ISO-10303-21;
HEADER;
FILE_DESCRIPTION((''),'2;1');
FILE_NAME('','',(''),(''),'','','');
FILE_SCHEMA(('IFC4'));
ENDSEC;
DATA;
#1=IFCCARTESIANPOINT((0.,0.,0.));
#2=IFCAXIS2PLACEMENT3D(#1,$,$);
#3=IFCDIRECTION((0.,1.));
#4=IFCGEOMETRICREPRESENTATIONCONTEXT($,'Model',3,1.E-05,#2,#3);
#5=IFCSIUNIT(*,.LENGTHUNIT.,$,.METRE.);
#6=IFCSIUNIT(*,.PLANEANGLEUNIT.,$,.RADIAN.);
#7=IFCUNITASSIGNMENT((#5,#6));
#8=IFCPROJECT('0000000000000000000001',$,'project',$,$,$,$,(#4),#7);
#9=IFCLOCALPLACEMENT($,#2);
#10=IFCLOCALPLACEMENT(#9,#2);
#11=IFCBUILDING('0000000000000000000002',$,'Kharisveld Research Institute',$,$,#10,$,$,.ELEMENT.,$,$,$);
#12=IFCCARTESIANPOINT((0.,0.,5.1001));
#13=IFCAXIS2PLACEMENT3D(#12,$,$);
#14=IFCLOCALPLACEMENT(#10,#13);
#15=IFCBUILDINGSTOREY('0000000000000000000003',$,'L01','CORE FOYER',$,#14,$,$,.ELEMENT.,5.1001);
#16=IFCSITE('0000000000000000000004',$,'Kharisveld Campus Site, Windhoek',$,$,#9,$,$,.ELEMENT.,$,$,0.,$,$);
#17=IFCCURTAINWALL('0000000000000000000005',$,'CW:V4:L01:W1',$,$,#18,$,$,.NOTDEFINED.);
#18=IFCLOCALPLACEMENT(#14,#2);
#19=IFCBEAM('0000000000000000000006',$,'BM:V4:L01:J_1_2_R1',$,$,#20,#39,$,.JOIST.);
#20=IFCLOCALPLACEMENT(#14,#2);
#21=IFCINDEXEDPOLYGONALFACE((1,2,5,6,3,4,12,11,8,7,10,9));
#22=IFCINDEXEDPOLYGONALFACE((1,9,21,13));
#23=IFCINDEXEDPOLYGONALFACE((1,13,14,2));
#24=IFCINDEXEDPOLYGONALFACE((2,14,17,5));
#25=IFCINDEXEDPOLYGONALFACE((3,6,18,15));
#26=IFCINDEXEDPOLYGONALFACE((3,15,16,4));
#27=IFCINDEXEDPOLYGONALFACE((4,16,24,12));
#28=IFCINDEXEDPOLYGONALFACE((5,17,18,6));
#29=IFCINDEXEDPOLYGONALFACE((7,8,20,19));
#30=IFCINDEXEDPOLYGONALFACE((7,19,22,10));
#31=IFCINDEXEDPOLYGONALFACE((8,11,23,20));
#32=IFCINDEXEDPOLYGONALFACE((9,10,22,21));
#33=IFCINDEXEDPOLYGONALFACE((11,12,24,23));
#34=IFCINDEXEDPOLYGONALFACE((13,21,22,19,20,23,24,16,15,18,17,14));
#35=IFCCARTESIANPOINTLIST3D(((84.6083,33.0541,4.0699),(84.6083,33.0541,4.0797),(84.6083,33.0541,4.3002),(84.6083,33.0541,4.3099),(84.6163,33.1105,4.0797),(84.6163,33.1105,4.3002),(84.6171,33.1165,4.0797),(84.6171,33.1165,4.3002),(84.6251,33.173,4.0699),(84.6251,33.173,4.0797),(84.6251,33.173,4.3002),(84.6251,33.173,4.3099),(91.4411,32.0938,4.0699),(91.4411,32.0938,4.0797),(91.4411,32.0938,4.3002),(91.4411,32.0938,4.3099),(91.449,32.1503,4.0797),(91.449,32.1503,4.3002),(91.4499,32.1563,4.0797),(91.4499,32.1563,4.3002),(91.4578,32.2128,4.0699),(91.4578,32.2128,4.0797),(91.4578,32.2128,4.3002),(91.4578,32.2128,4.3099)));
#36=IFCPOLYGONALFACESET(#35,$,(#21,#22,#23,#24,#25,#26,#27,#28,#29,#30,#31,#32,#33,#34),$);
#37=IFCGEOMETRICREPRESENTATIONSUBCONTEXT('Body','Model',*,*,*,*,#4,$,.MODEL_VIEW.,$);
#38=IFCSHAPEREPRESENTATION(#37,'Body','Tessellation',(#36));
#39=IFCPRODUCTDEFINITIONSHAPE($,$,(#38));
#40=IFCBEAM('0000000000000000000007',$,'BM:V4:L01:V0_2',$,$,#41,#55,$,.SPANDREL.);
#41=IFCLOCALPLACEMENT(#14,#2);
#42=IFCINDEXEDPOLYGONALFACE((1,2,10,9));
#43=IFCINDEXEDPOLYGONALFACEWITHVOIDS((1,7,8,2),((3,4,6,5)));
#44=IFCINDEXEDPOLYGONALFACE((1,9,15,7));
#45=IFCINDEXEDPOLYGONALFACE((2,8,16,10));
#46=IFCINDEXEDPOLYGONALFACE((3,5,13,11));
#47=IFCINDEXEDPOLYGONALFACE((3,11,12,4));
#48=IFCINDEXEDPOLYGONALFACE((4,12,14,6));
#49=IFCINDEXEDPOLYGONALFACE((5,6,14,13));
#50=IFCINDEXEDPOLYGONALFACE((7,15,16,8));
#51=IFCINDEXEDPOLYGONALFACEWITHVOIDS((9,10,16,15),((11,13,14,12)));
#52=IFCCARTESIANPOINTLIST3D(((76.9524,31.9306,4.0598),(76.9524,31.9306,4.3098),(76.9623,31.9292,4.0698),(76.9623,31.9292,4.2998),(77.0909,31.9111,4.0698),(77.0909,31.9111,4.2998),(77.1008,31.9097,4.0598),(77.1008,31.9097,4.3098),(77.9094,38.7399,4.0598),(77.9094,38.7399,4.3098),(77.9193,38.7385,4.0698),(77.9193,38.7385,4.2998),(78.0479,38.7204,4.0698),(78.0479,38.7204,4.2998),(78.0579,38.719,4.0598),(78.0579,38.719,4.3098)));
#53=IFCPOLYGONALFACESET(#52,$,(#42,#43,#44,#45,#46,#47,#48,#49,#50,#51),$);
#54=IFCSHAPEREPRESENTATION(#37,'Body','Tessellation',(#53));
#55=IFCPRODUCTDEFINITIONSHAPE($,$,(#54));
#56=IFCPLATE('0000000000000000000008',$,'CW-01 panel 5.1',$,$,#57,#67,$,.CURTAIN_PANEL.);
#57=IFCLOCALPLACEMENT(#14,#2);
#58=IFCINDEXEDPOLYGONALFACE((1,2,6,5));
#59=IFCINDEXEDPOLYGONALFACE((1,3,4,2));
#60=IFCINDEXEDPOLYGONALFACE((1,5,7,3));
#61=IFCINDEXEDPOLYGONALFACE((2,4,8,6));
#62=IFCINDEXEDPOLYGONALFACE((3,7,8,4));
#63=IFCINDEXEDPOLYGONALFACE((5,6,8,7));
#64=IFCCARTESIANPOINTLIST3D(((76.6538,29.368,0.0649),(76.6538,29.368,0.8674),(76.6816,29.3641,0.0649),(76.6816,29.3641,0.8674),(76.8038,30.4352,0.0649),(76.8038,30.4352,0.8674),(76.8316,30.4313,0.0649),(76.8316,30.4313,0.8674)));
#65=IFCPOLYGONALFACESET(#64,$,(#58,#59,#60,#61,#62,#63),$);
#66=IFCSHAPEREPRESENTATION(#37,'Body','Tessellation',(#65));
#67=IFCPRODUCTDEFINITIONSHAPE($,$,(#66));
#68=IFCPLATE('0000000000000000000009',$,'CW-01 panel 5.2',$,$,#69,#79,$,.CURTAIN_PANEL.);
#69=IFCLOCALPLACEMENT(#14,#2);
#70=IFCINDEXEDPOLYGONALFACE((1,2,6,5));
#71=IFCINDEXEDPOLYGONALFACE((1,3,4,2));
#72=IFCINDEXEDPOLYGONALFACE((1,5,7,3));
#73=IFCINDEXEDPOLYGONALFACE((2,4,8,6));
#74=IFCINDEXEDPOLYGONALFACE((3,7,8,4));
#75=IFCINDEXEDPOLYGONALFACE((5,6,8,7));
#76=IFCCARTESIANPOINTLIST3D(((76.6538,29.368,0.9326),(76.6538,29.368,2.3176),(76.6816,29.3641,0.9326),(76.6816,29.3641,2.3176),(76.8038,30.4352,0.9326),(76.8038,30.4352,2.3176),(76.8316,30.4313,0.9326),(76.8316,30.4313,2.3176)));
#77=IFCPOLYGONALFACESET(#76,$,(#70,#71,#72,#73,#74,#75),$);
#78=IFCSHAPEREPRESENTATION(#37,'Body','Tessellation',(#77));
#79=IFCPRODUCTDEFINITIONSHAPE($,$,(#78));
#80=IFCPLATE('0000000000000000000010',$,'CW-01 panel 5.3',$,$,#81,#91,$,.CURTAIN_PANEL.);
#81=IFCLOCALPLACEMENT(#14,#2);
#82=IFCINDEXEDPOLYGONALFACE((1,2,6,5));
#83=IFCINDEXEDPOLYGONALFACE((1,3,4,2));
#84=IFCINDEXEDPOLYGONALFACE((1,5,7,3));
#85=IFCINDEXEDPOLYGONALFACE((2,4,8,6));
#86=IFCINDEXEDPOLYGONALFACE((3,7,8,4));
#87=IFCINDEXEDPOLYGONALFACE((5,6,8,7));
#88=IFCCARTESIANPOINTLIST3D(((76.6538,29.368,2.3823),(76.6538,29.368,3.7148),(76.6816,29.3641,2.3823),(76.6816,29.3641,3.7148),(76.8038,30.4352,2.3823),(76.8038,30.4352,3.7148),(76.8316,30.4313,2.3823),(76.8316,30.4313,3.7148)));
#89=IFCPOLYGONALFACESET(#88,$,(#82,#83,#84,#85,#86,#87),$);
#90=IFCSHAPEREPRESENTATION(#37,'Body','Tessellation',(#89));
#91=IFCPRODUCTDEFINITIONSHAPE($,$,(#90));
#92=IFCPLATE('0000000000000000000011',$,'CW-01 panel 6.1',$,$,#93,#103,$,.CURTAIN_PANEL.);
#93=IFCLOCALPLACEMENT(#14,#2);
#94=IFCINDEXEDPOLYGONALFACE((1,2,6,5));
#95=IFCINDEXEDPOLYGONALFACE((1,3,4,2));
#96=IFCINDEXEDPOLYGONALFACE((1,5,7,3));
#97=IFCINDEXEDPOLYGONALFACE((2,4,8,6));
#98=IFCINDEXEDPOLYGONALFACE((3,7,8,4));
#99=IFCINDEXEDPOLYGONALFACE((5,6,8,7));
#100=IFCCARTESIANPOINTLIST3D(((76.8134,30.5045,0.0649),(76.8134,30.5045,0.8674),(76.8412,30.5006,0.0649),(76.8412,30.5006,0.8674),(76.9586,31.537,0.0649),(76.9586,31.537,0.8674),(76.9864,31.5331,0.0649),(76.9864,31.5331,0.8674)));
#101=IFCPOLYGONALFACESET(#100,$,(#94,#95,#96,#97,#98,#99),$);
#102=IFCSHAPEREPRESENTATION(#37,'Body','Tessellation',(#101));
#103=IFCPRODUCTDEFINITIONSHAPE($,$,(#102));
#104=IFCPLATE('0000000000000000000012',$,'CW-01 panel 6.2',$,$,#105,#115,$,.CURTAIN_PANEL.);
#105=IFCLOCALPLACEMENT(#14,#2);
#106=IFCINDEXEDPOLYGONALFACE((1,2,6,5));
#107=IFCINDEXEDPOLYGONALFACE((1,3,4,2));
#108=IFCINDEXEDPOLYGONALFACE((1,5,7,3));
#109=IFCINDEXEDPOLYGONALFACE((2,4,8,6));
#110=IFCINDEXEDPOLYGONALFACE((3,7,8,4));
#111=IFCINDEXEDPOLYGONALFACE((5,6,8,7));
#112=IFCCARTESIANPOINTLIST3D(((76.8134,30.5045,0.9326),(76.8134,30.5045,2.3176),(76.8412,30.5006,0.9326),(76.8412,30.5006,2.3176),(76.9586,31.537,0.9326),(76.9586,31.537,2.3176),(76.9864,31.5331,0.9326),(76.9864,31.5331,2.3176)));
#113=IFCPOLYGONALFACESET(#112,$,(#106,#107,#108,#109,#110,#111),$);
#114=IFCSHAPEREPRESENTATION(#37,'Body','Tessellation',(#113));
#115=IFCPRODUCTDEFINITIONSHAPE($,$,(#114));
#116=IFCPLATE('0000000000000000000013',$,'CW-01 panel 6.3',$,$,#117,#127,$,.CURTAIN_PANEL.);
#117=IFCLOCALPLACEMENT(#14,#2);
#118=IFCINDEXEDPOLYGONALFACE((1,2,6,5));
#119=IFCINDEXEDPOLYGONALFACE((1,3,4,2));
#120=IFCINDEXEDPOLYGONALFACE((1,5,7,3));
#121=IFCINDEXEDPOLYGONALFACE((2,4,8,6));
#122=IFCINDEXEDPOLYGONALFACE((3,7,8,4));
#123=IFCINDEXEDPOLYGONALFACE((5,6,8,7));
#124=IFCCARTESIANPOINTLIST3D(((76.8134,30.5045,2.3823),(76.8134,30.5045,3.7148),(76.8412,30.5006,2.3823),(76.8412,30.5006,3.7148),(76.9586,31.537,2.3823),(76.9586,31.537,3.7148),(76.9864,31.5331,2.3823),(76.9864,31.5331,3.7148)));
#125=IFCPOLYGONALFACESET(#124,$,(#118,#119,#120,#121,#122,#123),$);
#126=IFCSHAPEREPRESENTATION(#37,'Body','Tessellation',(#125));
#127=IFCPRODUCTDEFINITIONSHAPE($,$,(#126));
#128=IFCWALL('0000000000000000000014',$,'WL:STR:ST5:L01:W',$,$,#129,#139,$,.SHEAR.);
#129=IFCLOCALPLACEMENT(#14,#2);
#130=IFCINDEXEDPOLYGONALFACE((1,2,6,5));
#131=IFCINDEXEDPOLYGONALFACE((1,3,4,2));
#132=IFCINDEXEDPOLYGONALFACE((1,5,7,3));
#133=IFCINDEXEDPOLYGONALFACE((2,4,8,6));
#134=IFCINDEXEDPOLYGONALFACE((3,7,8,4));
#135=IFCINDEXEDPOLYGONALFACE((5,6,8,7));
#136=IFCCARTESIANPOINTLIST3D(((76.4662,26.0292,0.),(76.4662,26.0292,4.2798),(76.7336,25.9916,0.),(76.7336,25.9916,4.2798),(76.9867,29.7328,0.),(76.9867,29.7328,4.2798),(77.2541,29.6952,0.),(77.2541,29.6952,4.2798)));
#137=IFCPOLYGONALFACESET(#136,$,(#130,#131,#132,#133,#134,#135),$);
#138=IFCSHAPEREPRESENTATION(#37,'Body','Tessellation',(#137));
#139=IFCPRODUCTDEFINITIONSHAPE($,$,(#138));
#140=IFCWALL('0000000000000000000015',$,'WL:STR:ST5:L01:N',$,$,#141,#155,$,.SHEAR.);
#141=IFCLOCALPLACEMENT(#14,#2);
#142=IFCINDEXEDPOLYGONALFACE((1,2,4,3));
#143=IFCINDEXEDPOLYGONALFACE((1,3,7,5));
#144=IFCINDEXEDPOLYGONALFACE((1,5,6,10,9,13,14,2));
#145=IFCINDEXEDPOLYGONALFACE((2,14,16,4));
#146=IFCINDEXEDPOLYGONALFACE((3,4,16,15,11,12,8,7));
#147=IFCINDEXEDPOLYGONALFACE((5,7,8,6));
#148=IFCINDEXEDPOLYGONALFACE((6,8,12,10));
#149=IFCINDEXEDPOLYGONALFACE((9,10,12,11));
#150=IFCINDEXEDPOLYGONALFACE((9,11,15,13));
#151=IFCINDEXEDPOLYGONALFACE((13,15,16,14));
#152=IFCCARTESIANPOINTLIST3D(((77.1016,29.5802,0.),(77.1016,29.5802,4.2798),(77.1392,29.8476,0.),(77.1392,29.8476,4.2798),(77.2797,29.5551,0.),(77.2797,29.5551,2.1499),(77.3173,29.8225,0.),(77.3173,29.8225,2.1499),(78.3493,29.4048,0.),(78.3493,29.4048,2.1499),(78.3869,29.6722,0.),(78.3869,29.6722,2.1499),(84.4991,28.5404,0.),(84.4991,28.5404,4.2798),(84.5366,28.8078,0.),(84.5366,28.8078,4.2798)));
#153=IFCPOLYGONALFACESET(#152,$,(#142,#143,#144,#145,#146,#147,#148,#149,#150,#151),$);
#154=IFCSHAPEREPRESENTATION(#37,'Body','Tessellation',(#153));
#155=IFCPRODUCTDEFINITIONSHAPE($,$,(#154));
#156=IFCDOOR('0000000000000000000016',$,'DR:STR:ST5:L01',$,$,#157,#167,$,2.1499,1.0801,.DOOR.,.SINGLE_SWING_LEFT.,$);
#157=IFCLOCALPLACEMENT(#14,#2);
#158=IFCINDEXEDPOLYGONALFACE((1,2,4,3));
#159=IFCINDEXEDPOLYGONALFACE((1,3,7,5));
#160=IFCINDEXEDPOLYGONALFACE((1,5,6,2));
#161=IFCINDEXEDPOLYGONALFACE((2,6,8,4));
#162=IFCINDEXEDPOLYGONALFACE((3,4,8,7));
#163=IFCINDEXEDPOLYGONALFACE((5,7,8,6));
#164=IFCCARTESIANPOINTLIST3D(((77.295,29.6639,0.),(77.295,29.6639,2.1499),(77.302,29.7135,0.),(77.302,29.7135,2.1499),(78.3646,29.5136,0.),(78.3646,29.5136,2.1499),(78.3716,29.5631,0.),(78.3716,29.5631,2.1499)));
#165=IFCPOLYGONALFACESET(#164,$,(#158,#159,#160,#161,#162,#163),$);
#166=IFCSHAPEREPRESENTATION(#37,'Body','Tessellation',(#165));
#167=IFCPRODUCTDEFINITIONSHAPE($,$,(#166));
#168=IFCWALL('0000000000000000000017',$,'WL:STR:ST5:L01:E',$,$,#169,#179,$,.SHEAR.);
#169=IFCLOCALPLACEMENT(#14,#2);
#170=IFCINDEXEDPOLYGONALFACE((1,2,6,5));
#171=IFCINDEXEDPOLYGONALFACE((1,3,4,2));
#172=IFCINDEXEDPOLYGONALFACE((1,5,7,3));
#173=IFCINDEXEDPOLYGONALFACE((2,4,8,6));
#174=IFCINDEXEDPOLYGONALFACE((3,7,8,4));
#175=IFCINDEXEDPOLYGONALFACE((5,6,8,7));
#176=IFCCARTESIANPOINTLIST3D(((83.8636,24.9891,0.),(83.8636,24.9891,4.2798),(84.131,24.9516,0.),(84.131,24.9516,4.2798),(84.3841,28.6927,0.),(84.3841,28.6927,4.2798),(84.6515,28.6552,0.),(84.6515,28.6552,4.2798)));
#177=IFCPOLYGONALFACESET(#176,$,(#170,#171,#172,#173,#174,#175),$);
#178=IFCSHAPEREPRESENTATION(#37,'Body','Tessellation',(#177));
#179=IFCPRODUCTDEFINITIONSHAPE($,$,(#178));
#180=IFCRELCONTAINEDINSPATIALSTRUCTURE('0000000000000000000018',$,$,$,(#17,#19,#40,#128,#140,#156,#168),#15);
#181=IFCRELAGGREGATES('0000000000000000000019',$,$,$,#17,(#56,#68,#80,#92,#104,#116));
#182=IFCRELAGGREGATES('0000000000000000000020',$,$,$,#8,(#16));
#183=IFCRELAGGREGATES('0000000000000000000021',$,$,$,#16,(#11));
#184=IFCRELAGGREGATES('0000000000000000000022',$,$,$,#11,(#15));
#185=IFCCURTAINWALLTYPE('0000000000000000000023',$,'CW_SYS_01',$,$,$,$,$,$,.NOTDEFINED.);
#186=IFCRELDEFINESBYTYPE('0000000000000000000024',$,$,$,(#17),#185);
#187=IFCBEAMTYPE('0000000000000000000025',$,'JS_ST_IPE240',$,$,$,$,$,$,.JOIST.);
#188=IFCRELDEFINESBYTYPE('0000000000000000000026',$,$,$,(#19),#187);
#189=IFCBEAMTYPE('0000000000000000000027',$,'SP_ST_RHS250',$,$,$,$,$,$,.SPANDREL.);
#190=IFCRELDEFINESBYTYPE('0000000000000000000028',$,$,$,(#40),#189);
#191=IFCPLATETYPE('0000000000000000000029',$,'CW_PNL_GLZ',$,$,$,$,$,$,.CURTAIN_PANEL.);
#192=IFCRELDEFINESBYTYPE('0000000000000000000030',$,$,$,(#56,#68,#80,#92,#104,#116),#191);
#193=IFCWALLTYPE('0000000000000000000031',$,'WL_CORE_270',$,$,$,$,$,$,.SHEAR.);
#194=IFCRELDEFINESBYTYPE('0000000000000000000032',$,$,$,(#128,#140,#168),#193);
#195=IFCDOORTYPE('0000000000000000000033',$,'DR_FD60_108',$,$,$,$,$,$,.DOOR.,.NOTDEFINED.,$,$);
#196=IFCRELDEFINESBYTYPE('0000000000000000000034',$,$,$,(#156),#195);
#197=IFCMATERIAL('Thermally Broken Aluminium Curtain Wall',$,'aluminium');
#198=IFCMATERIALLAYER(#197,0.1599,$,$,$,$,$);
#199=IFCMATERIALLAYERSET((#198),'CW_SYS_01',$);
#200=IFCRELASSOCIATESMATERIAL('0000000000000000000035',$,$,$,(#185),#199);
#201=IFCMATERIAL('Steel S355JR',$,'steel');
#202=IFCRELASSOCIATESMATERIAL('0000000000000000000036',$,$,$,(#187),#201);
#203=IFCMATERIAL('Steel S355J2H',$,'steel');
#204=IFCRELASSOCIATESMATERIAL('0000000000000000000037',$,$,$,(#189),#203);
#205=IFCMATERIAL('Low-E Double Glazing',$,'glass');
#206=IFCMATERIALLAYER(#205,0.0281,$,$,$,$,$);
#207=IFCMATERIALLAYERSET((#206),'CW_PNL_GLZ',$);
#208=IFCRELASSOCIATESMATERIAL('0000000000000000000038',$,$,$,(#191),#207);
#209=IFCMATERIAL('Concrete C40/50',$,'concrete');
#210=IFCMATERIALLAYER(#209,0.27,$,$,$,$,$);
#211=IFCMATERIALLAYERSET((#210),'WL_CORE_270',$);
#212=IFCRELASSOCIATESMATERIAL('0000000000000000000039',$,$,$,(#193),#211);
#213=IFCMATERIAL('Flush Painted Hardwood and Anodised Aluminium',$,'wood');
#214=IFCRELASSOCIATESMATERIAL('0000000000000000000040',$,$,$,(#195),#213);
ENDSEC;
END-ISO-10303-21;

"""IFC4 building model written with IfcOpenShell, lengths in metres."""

from ifc_helpers import new_model, si_unit, direction, frame, frame_2d, origin, origin_2d, place, context, subcontext, project, spatial, rectangle, hollow_rectangle, i_section, extrude, material, layer, layer_set, material_profile, profile_set, type_object, element, fill, aggregate, save


model = new_model("IFC4")

# Units and contexts
model_context = context("Model", 3, precision=1e-05, world=origin(), true_north=direction((0.0, 1.0)))
body_context = subcontext(model_context, "Body", "Model", "MODEL_VIEW")
ifc_project = project(units=[si_unit("LENGTHUNIT", "METRE"), si_unit("PLANEANGLEUNIT", "RADIAN")], contexts=[model_context])

# Site, building, storey
site_placement = place(None, origin())
site = spatial("IfcSite", under=ifc_project, at=site_placement, Name="Kharisveld Campus Site, Windhoek", CompositionType="ELEMENT", RefElevation=0.0)
building_placement = place(site_placement, origin())
building = spatial("IfcBuilding", under=site, at=building_placement, Name="Kharisveld Research Institute", CompositionType="ELEMENT")
storey_placement = place(building_placement, frame((0.0, 0.0, 5.1001)))
storey = spatial("IfcBuildingStorey", under=building, at=storey_placement, Name="L01", Description="CORE FOYER", CompositionType="ELEMENT", Elevation=5.1001)

# Curtain wall
ifc_material_1 = material(Name="Thermally Broken Aluminium Curtain Wall", Category="aluminium")
ifc_layer_1 = layer(ifc_material_1, 0.1599)
ifc_layer_set_1 = layer_set([ifc_layer_1], Name="CW_SYS_01")
curtain_wall_type = type_object("IfcCurtainWallType", Name="CW_SYS_01", PredefinedType="NOTDEFINED", material=ifc_layer_set_1)
curtain_wall_placement = place(storey_placement, origin())
curtain_wall = element("IfcCurtainWall", 1, at=curtain_wall_placement, inside=storey, type_object=curtain_wall_type, Name="CW:V4:L01:W1", PredefinedType="NOTDEFINED")

# Beams
ifc_material_2 = material(Name="Steel S355JR", Category="steel")
ifc_material_profile_1 = material_profile(ifc_material_2, i_section(OverallWidth=0.1201, OverallDepth=0.24, WebThickness=0.0061, FlangeThickness=0.0098, at=origin_2d()))
ifc_profile_set_1 = profile_set([ifc_material_profile_1], Name="Steel S355JR")
beam_type_1 = type_object("IfcBeamType", Name="JS_ST_IPE240", PredefinedType="JOIST", material=ifc_profile_set_1)
beam_1_placement = place(storey_placement, frame((84.6167, 33.1135, 4.1899), z_axis=(0.99027, -0.139162, 0.0), x_axis=(0.139162, 0.99027, 0.0)))
element("IfcBeam", 2, at=beam_1_placement, inside=storey, type_object=beam_type_1, Name="BM:V4:L01:J_1_2_R1", PredefinedType="JOIST", context=body_context, shape_type="SweptSolid", body=[
    extrude(i_section(OverallWidth=0.1201, OverallDepth=0.24, WebThickness=0.0061, FlangeThickness=0.0098, at=origin_2d()), origin(), (0.0, 0.0, 1.0), 6.8999),
])
ifc_material_3 = material(Name="Steel S355J2H", Category="steel")
ifc_material_profile_2 = material_profile(ifc_material_3, hollow_rectangle(XDim=0.1499, YDim=0.25, WallThickness=0.01, at=origin_2d()))
ifc_profile_set_2 = profile_set([ifc_material_profile_2], Name="Steel S355J2H")
beam_type_2 = type_object("IfcBeamType", Name="SP_ST_RHS250", PredefinedType="SPANDREL", material=ifc_profile_set_2)
beam_2_placement = place(storey_placement, frame((77.0266, 31.9202, 4.1848), z_axis=(0.139179, 0.990267, 0.0), x_axis=(-0.990267, 0.139179, 0.0)))
element("IfcBeam", 3, at=beam_2_placement, inside=storey, type_object=beam_type_2, Name="BM:V4:L01:V0_2", PredefinedType="SPANDREL", context=body_context, shape_type="SweptSolid", body=[
    extrude(hollow_rectangle(XDim=0.1499, YDim=0.25, WallThickness=0.01, at=origin_2d()), origin(), (0.0, 0.0, 1.0), 6.8762),
])

# Plates
ifc_material_4 = material(Name="Low-E Double Glazing", Category="glass")
ifc_layer_2 = layer(ifc_material_4, 0.0281)
ifc_layer_set_2 = layer_set([ifc_layer_2], Name="CW_PNL_GLZ")
plate_type = type_object("IfcPlateType", Name="CW_PNL_GLZ", PredefinedType="CURTAIN_PANEL", material=ifc_layer_set_2)
plate_1_placement = place(storey_placement, frame((76.7427, 29.8997, 0.0649), z_axis=(0.0, 0.0, 1.0), x_axis=(0.139173, 0.990268, 0.0)))
plate_1 = element("IfcPlate", 4, at=plate_1_placement, type_object=plate_type, Name="CW-01 panel 5.1", PredefinedType="CURTAIN_PANEL", context=body_context, shape_type="SweptSolid", body=[
    extrude(rectangle(XDim=1.0776, YDim=0.0281, at=origin_2d()), origin(), (0.0, 0.0, 1.0), 0.8025),
])
plate_2_placement = place(storey_placement, frame((76.7427, 29.8997, 0.9326), z_axis=(0.0, 0.0, 1.0), x_axis=(0.139173, 0.990268, 0.0)))
plate_2 = element("IfcPlate", 5, at=plate_2_placement, type_object=plate_type, Name="CW-01 panel 5.2", PredefinedType="CURTAIN_PANEL", context=body_context, shape_type="SweptSolid", body=[
    extrude(rectangle(XDim=1.0776, YDim=0.0281, at=origin_2d()), origin(), (0.0, 0.0, 1.0), 1.385),
])
plate_3_placement = place(storey_placement, frame((76.7427, 29.8997, 2.3823), z_axis=(0.0, 0.0, 1.0), x_axis=(0.139173, 0.990268, 0.0)))
plate_3 = element("IfcPlate", 6, at=plate_3_placement, type_object=plate_type, Name="CW-01 panel 5.3", PredefinedType="CURTAIN_PANEL", context=body_context, shape_type="SweptSolid", body=[
    extrude(rectangle(XDim=1.0776, YDim=0.0281, at=origin_2d()), origin(), (0.0, 0.0, 1.0), 1.3325),
])
plate_4_placement = place(storey_placement, frame((76.8999, 31.0188, 0.0649), z_axis=(0.0, 0.0, 1.0), x_axis=(0.139173, 0.990268, 0.0)))
plate_4 = element("IfcPlate", 7, at=plate_4_placement, type_object=plate_type, Name="CW-01 panel 6.1", PredefinedType="CURTAIN_PANEL", context=body_context, shape_type="SweptSolid", body=[
    extrude(rectangle(XDim=1.0427, YDim=0.0281, at=origin_2d()), origin(), (0.0, 0.0, 1.0), 0.8025),
])
plate_5_placement = place(storey_placement, frame((76.8999, 31.0188, 0.9326), z_axis=(0.0, 0.0, 1.0), x_axis=(0.139173, 0.990268, 0.0)))
plate_5 = element("IfcPlate", 8, at=plate_5_placement, type_object=plate_type, Name="CW-01 panel 6.2", PredefinedType="CURTAIN_PANEL", context=body_context, shape_type="SweptSolid", body=[
    extrude(rectangle(XDim=1.0427, YDim=0.0281, at=origin_2d()), origin(), (0.0, 0.0, 1.0), 1.385),
])
plate_6_placement = place(storey_placement, frame((76.8999, 31.0188, 2.3823), z_axis=(0.0, 0.0, 1.0), x_axis=(0.139173, 0.990268, 0.0)))
plate_6 = element("IfcPlate", 9, at=plate_6_placement, type_object=plate_type, Name="CW-01 panel 6.3", PredefinedType="CURTAIN_PANEL", context=body_context, shape_type="SweptSolid", body=[
    extrude(rectangle(XDim=1.0427, YDim=0.0281, at=origin_2d()), origin(), (0.0, 0.0, 1.0), 1.3325),
])
aggregate(curtain_wall, [plate_1, plate_2, plate_3, plate_4, plate_5, plate_6])

# Wall
ifc_material_5 = material(Name="Concrete C40/50", Category="concrete")
ifc_layer_3 = layer(ifc_material_5, 0.27)
ifc_layer_set_3 = layer_set([ifc_layer_3], Name="WL_CORE_270")
wall_type_1 = type_object("IfcWallType", Name="WL_CORE_270", PredefinedType="SHEAR", material=ifc_layer_set_3)
wall_1_placement = place(storey_placement, frame((76.5999, 26.0103, 0.0), z_axis=(0.0, 0.0, 1.0), x_axis=(0.139173, 0.990268, 0.0)))
element("IfcWall", 10, at=wall_1_placement, inside=storey, type_object=wall_type_1, Name="WL:STR:ST5:L01:W", PredefinedType="SHEAR", context=body_context, shape_type="SweptSolid", body=[
    extrude(rectangle(XDim=3.74, YDim=0.27, at=frame_2d((1.8701, 0.0))), origin(), (0.0, 0.0, 1.0), 4.2798),
])

# Wall, opening, door
wall_2_placement = place(storey_placement, frame((77.1204, 29.7139, 0.0), z_axis=(0.0, 0.0, 1.0), x_axis=(0.990265, -0.139193, 0.0)))
wall_2 = element("IfcWall", 11, at=wall_2_placement, inside=storey, type_object=wall_type_1, Name="WL:STR:ST5:L01:N", PredefinedType="SHEAR", context=body_context, shape_type="SweptSolid", body=[
    extrude(rectangle(XDim=7.4702, YDim=0.27, at=frame_2d((3.7351, 0.0))), origin(), (0.0, 0.0, 1.0), 4.2798),
])
opening_1_placement = place(wall_2_placement, frame((0.1799, 0.0, 0.0)))
opening_1 = element("IfcOpeningElement", 12, at=opening_1_placement, cuts=wall_2, PredefinedType="OPENING", context=body_context, shape_type="SweptSolid", body=[
    extrude(rectangle(XDim=1.0801, YDim=2.1499, at=frame_2d((0.54, 1.075))), frame((0.0, 0.135, 0.0), z_axis=(0.0, -1.0, 0.0), x_axis=(1.0, 0.0, 0.0)), (0.0, 0.0, 1.0), 0.27),
])
ifc_material_6 = material(Name="Flush Painted Hardwood and Anodised Aluminium", Category="wood")
door_type = type_object("IfcDoorType", Name="DR_FD60_108", OperationType="NOTDEFINED", PredefinedType="DOOR", material=ifc_material_6)
door_placement = place(opening_1_placement, origin())
door = element("IfcDoor", 13, at=door_placement, inside=storey, type_object=door_type, Name="DR:STR:ST5:L01", OperationType="SINGLE_SWING_LEFT", OverallHeight=2.1499, OverallWidth=1.0801, PredefinedType="DOOR", context=body_context, shape_type="SweptSolid", body=[
    extrude(rectangle(XDim=1.0801, YDim=2.1499, at=frame_2d((0.54, 1.075))), frame((0.0, 0.0249, 0.0), z_axis=(0.0, -1.0, 0.0), x_axis=(1.0, 0.0, 0.0)), (0.0, 0.0, 1.0), 0.05),
])
fill(opening_1, door)

# Wall
wall_3_placement = place(storey_placement, frame((84.5178, 28.6741, 0.0), z_axis=(0.0, 0.0, 1.0), x_axis=(-0.139173, -0.990268, 0.0)))
element("IfcWall", 14, at=wall_3_placement, inside=storey, type_object=wall_type_1, Name="WL:STR:ST5:L01:E", PredefinedType="SHEAR", context=body_context, shape_type="SweptSolid", body=[
    extrude(rectangle(XDim=3.74, YDim=0.27, at=frame_2d((1.8701, 0.0))), origin(), (0.0, 0.0, 1.0), 4.2798),
])

save(model, "model.ifc")
